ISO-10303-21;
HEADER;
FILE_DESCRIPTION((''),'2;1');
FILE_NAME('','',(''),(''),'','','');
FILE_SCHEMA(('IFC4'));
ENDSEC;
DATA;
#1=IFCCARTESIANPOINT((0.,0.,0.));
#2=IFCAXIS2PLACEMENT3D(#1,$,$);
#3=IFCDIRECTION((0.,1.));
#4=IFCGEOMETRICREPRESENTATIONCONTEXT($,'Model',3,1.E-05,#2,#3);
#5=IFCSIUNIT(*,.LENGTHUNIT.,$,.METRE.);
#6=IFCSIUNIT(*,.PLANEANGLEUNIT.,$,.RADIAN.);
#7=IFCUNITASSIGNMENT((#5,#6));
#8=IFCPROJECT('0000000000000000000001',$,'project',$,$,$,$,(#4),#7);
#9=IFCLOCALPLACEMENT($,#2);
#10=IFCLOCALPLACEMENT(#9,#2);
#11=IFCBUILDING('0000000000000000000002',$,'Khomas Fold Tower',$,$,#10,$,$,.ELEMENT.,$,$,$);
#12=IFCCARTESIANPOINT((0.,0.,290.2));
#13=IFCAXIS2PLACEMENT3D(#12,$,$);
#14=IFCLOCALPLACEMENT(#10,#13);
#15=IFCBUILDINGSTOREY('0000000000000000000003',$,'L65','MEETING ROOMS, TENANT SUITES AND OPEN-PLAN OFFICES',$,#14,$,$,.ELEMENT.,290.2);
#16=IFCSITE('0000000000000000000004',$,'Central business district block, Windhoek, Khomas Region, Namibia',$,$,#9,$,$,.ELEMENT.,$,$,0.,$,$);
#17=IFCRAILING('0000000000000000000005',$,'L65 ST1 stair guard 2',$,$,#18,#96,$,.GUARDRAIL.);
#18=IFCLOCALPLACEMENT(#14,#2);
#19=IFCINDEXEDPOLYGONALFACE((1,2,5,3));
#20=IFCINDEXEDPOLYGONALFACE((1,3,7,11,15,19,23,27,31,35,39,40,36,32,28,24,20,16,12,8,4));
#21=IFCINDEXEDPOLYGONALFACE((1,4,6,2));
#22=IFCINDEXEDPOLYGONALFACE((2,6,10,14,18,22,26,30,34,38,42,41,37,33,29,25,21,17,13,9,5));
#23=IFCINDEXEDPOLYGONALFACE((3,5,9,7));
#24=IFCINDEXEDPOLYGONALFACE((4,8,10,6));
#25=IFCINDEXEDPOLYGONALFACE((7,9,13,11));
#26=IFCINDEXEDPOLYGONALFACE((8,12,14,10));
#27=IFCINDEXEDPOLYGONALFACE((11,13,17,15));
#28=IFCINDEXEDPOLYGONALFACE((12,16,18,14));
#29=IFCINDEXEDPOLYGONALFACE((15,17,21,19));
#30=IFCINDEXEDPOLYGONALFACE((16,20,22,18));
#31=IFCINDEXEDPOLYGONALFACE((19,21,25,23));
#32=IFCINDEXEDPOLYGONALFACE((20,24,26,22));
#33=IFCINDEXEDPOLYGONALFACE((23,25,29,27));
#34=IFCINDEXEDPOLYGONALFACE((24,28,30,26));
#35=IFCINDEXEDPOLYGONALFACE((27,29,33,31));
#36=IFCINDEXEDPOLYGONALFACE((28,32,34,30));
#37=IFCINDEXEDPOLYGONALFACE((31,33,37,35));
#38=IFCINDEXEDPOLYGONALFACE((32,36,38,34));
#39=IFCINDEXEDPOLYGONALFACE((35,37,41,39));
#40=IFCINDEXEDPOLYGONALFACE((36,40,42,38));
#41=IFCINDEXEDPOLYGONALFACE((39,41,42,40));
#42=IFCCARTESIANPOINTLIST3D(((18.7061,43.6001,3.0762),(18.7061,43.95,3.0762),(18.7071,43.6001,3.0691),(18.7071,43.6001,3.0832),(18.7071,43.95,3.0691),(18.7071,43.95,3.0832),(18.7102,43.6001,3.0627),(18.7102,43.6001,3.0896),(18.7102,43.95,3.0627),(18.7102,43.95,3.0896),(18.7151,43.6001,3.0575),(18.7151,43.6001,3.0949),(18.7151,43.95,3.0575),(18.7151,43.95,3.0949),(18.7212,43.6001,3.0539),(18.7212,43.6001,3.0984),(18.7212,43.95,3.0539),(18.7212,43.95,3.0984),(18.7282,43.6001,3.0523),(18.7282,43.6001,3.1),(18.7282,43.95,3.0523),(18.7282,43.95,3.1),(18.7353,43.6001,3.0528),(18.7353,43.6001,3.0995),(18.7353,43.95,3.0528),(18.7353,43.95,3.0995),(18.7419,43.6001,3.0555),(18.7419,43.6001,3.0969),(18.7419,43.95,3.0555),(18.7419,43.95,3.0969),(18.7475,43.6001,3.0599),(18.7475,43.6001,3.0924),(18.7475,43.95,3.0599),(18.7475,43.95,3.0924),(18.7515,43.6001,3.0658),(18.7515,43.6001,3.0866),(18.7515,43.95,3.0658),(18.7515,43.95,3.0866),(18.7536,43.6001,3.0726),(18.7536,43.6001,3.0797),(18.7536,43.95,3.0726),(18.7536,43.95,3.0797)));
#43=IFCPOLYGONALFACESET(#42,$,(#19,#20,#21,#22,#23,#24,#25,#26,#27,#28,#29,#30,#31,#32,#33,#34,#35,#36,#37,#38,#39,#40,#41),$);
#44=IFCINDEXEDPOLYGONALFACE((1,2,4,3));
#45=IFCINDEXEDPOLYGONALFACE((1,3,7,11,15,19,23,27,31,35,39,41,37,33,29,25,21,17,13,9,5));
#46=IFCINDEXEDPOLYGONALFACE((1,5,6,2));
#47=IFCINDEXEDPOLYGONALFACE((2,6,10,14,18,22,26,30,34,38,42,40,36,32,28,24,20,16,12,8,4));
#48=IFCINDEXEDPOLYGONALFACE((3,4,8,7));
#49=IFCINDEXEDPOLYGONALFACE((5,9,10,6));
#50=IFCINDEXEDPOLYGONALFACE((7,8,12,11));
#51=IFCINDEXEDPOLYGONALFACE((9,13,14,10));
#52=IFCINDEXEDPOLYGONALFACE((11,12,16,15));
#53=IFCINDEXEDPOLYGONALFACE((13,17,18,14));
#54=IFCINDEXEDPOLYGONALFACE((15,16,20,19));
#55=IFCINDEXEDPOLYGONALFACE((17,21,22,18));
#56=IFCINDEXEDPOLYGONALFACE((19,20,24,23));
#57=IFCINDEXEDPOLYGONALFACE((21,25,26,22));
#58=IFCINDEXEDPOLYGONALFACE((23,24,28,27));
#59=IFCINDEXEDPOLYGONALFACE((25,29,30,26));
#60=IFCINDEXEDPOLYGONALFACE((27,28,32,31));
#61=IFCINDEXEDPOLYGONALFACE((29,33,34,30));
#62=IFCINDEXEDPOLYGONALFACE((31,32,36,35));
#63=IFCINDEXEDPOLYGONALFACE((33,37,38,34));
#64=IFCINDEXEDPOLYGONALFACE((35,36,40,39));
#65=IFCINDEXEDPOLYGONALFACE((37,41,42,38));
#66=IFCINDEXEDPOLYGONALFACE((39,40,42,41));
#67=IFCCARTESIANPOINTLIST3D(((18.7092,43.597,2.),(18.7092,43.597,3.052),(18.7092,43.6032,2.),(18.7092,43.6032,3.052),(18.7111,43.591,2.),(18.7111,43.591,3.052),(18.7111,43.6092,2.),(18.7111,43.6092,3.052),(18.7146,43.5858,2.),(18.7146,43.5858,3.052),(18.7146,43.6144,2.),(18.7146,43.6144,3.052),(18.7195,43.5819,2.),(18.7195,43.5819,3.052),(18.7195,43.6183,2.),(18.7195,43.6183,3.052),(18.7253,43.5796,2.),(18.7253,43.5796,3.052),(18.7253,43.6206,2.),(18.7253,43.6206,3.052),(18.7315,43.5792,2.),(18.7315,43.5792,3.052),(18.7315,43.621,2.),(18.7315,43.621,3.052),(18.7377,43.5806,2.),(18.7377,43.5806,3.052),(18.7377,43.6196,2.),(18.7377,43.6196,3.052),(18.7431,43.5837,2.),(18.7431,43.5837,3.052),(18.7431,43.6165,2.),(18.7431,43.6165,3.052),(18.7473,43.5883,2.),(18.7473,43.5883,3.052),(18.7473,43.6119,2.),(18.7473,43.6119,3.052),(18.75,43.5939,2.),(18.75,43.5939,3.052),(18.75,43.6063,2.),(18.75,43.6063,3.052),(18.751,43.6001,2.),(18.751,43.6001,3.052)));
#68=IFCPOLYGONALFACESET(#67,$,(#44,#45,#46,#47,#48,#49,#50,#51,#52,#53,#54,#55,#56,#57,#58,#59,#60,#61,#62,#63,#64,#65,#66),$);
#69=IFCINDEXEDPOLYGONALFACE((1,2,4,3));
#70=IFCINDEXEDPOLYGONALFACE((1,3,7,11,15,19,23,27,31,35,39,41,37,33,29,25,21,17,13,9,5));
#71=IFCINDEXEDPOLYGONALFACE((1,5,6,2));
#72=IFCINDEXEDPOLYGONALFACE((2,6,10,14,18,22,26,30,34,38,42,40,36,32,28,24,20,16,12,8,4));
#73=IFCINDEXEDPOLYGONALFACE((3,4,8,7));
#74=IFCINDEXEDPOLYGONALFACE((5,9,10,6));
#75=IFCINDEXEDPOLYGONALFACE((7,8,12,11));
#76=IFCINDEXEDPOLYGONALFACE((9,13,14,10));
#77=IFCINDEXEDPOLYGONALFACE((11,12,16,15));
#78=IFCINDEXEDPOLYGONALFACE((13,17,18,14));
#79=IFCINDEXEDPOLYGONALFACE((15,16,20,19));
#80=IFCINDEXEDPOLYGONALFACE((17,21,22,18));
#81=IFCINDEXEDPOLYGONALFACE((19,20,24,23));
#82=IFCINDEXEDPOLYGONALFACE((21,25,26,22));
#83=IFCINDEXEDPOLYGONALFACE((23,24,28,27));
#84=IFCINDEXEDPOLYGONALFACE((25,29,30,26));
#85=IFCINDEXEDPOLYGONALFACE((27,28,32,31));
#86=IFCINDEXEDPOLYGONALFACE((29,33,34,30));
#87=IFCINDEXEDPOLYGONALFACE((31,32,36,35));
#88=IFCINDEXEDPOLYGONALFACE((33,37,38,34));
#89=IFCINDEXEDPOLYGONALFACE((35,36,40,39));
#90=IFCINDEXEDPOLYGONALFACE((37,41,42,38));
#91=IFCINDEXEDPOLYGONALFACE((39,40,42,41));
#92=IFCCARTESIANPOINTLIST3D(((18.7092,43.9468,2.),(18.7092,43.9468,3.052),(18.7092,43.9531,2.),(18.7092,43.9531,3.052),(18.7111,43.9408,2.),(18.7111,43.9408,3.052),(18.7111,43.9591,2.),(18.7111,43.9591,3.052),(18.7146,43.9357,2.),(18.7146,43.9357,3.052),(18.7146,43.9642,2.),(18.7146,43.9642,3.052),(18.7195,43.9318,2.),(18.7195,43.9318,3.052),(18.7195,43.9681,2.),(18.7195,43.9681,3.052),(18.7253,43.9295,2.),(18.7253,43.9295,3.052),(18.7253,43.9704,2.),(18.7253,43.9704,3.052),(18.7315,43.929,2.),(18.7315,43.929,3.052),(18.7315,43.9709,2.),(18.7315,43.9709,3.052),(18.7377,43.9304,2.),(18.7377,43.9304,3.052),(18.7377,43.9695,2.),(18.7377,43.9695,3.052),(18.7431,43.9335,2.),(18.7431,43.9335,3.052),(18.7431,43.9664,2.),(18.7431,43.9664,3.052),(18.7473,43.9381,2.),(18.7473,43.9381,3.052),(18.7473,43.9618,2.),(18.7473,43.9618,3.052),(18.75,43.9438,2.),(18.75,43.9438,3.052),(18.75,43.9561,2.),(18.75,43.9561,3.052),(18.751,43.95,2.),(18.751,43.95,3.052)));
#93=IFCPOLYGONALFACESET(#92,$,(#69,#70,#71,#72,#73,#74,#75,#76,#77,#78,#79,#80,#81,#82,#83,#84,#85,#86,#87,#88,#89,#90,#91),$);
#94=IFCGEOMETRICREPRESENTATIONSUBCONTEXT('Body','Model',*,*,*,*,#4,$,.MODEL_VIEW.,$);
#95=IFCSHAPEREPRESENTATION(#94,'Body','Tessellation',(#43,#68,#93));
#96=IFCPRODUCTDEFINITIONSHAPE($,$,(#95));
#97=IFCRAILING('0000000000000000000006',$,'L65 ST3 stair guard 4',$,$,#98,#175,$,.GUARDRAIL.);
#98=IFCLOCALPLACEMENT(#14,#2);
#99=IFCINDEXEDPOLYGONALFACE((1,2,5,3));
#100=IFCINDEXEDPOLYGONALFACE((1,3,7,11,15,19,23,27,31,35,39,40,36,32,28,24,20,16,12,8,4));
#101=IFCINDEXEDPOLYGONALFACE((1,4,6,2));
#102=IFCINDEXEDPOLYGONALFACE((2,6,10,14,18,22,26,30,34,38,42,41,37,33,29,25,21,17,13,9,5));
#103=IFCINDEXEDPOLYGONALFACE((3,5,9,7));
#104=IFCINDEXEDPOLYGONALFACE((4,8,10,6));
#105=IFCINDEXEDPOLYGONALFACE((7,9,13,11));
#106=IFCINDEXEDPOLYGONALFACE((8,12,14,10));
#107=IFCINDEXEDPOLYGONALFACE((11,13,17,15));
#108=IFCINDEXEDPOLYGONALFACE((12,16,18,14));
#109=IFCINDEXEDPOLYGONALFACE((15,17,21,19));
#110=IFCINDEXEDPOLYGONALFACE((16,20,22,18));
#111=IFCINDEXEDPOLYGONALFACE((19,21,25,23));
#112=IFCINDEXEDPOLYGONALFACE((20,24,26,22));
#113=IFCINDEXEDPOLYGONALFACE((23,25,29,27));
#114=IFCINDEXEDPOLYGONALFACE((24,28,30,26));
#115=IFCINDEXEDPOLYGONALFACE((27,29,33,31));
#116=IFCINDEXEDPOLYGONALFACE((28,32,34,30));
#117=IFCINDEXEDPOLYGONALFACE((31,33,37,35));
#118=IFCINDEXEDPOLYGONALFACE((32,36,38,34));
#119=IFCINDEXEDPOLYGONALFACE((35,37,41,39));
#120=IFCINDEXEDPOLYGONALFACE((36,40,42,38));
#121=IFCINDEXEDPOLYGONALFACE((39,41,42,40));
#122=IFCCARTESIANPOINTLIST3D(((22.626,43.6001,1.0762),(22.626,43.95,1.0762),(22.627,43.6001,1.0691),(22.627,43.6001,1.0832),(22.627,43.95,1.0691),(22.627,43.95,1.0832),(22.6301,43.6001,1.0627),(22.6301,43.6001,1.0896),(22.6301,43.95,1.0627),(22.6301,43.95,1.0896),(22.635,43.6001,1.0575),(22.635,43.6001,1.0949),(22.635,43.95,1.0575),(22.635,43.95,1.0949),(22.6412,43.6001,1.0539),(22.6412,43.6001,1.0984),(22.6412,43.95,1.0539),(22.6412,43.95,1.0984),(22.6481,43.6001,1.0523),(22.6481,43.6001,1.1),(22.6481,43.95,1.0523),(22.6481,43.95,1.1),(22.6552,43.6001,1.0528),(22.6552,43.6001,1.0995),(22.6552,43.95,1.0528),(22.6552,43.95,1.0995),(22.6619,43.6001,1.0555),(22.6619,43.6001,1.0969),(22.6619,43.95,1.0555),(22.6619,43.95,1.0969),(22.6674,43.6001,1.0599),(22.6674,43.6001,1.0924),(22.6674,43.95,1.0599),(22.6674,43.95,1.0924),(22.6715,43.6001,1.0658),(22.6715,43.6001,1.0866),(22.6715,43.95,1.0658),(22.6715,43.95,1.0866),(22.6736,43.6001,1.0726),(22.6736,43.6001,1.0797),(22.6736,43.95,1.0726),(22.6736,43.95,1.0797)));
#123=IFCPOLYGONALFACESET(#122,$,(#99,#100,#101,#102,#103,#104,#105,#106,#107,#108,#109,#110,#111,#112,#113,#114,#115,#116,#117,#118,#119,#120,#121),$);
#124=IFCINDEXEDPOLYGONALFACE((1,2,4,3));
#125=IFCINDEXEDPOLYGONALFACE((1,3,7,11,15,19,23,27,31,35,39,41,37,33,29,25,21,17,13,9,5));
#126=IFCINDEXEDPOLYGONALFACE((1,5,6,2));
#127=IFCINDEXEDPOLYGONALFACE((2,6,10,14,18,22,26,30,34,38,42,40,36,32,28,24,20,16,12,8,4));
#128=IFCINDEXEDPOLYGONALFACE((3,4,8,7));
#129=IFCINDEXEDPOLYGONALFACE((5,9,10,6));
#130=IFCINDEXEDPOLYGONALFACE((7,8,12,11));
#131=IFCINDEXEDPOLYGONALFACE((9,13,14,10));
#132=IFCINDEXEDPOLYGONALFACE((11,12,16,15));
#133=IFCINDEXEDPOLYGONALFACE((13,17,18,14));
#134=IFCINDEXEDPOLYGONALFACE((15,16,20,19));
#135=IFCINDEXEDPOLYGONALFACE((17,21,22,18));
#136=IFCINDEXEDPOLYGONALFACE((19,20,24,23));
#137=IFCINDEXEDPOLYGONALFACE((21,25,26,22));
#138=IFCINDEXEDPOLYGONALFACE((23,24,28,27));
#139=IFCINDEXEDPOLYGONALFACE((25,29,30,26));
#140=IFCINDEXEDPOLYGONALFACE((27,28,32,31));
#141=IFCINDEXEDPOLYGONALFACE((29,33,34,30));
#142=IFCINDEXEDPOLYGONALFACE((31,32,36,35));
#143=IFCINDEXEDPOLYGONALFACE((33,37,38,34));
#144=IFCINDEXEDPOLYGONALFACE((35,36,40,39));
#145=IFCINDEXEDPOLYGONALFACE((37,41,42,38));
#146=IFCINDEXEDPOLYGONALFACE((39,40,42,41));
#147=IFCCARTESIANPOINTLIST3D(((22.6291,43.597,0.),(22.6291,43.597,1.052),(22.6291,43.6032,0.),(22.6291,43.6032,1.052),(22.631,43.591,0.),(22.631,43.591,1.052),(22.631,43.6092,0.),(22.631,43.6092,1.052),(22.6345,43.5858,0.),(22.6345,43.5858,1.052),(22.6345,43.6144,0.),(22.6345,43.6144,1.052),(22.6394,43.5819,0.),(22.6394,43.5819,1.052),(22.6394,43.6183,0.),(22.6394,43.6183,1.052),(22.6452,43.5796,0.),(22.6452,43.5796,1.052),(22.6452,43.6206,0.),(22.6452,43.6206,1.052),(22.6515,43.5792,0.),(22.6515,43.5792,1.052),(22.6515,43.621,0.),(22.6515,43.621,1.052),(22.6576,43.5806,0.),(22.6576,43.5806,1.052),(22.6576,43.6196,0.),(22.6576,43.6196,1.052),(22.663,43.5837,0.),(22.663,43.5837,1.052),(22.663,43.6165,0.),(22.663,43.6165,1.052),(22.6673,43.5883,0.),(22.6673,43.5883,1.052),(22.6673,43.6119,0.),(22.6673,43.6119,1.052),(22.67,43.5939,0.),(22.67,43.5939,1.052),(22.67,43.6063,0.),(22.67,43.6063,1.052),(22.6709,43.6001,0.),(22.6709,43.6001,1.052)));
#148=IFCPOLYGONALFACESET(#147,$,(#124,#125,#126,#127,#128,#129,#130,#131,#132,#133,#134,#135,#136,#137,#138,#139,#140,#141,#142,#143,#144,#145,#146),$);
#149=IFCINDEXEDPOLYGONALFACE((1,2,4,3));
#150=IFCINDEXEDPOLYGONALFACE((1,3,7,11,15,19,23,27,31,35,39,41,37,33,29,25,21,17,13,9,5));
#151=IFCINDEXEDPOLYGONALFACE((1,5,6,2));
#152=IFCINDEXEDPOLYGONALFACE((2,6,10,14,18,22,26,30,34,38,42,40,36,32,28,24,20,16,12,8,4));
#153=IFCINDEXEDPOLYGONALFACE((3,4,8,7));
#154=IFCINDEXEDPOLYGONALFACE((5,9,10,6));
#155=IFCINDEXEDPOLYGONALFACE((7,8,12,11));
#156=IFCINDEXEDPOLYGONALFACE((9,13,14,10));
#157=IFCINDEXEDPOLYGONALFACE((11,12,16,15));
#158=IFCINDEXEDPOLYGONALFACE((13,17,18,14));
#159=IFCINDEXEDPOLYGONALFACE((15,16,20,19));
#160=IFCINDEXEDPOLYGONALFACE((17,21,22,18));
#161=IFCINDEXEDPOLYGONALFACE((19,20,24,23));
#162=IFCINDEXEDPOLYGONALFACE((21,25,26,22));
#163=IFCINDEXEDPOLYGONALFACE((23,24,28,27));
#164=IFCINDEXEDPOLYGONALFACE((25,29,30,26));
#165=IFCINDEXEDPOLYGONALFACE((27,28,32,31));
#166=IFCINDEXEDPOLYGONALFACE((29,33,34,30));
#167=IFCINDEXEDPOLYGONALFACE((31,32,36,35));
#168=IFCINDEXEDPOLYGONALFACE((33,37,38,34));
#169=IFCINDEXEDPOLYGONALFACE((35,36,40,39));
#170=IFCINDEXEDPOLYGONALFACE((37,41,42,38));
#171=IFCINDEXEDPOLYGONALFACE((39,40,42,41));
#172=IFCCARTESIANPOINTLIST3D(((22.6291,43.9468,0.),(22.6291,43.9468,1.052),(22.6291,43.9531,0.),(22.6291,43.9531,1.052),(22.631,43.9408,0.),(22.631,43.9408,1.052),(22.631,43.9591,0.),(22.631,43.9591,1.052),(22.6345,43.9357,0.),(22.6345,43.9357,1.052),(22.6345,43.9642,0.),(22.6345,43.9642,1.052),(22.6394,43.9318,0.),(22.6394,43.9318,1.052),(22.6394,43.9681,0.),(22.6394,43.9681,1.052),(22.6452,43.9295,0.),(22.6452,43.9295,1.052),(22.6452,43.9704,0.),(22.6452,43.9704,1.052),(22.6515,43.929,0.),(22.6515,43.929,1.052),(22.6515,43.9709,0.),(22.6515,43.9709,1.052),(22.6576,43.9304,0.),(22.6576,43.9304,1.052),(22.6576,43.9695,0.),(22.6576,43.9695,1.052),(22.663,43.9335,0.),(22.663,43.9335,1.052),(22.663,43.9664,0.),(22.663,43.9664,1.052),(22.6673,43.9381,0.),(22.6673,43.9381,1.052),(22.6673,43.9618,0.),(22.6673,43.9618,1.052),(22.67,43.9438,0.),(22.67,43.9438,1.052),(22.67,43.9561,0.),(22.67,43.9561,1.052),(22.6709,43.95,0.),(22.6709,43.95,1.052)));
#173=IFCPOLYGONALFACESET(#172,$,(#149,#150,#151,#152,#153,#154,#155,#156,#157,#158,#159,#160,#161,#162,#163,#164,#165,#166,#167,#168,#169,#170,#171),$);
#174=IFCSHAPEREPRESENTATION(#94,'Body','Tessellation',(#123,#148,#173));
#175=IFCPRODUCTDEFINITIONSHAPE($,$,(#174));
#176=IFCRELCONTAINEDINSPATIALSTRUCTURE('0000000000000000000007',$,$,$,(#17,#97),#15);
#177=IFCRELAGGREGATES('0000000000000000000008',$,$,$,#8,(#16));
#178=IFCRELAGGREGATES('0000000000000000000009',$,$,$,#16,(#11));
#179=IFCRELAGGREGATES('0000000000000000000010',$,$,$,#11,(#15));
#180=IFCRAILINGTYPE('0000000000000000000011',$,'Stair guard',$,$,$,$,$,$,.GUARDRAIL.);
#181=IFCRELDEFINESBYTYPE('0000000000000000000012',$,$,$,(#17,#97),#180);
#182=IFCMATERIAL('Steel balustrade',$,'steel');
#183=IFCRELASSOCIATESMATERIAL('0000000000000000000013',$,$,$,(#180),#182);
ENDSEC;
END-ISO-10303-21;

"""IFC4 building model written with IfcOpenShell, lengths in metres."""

from ifc_helpers import new_model, si_unit, direction, frame, origin, origin_2d, place, context, subcontext, project, spatial, circle, extrude, source, transform, mapped, material, type_object, element, save


model = new_model("IFC4")

# Units and contexts
model_context = context("Model", 3, precision=1e-05, world=origin(), true_north=direction((0.0, 1.0)))
body_context = subcontext(model_context, "Body", "Model", "MODEL_VIEW")
ifc_project = project(units=[si_unit("LENGTHUNIT", "METRE"), si_unit("PLANEANGLEUNIT", "RADIAN")], contexts=[model_context])

# Site, building, storey
site_placement = place(None, origin())
site = spatial("IfcSite", under=ifc_project, at=site_placement, Name="Central business district block, Windhoek, Khomas Region, Namibia", CompositionType="ELEMENT", RefElevation=0.0)
building_placement = place(site_placement, origin())
building = spatial("IfcBuilding", under=site, at=building_placement, Name="Khomas Fold Tower", CompositionType="ELEMENT")
storey_placement = place(building_placement, frame((0.0, 0.0, 290.2)))
storey = spatial("IfcBuildingStorey", under=building, at=storey_placement, Name="L65", Description="MEETING ROOMS, TENANT SUITES AND OPEN-PLAN OFFICES", CompositionType="ELEMENT", Elevation=290.2)

# Railings
ifc_material_1 = material(Name="Steel balustrade", Category="steel")
railing_type_1 = type_object("IfcRailingType", Name="Stair guard", PredefinedType="GUARDRAIL", material=ifc_material_1)
shared_shape_1 = source(origin(), body_context, "Body", "SweptSolid", [
    extrude(circle(Radius=0.0239, at=origin_2d()), frame((0.0, 0.0, 1.0762), z_axis=(0.0, 1.0, 0.0), x_axis=(-1.0, 0.0, 0.0)), (0.0, 0.0, 1.0), 0.3499),
    extrude(circle(Radius=0.021, at=origin_2d()), origin(), (0.0, 0.0, 1.0), 1.052),
    extrude(circle(Radius=0.021, at=origin_2d()), frame((0.0, 0.3499, 0.0)), (0.0, 0.0, 1.0), 1.052),
])
for number, where, name in (
    (1, (18.73, 43.6001, 2.0), "L65 ST1 stair guard 2"),
    (2, (22.6499, 43.6001, 0.0), "L65 ST3 stair guard 4"),
):
    element("IfcRailing", number, at=place(storey_placement, frame(where)), inside=storey, type_object=railing_type_1, Name=name, PredefinedType="GUARDRAIL", context=body_context, shape_type="MappedRepresentation", body=[
        mapped(shared_shape_1, transform((0.0, 0.0, 0.0))),
    ])

save(model, "model.ifc")
